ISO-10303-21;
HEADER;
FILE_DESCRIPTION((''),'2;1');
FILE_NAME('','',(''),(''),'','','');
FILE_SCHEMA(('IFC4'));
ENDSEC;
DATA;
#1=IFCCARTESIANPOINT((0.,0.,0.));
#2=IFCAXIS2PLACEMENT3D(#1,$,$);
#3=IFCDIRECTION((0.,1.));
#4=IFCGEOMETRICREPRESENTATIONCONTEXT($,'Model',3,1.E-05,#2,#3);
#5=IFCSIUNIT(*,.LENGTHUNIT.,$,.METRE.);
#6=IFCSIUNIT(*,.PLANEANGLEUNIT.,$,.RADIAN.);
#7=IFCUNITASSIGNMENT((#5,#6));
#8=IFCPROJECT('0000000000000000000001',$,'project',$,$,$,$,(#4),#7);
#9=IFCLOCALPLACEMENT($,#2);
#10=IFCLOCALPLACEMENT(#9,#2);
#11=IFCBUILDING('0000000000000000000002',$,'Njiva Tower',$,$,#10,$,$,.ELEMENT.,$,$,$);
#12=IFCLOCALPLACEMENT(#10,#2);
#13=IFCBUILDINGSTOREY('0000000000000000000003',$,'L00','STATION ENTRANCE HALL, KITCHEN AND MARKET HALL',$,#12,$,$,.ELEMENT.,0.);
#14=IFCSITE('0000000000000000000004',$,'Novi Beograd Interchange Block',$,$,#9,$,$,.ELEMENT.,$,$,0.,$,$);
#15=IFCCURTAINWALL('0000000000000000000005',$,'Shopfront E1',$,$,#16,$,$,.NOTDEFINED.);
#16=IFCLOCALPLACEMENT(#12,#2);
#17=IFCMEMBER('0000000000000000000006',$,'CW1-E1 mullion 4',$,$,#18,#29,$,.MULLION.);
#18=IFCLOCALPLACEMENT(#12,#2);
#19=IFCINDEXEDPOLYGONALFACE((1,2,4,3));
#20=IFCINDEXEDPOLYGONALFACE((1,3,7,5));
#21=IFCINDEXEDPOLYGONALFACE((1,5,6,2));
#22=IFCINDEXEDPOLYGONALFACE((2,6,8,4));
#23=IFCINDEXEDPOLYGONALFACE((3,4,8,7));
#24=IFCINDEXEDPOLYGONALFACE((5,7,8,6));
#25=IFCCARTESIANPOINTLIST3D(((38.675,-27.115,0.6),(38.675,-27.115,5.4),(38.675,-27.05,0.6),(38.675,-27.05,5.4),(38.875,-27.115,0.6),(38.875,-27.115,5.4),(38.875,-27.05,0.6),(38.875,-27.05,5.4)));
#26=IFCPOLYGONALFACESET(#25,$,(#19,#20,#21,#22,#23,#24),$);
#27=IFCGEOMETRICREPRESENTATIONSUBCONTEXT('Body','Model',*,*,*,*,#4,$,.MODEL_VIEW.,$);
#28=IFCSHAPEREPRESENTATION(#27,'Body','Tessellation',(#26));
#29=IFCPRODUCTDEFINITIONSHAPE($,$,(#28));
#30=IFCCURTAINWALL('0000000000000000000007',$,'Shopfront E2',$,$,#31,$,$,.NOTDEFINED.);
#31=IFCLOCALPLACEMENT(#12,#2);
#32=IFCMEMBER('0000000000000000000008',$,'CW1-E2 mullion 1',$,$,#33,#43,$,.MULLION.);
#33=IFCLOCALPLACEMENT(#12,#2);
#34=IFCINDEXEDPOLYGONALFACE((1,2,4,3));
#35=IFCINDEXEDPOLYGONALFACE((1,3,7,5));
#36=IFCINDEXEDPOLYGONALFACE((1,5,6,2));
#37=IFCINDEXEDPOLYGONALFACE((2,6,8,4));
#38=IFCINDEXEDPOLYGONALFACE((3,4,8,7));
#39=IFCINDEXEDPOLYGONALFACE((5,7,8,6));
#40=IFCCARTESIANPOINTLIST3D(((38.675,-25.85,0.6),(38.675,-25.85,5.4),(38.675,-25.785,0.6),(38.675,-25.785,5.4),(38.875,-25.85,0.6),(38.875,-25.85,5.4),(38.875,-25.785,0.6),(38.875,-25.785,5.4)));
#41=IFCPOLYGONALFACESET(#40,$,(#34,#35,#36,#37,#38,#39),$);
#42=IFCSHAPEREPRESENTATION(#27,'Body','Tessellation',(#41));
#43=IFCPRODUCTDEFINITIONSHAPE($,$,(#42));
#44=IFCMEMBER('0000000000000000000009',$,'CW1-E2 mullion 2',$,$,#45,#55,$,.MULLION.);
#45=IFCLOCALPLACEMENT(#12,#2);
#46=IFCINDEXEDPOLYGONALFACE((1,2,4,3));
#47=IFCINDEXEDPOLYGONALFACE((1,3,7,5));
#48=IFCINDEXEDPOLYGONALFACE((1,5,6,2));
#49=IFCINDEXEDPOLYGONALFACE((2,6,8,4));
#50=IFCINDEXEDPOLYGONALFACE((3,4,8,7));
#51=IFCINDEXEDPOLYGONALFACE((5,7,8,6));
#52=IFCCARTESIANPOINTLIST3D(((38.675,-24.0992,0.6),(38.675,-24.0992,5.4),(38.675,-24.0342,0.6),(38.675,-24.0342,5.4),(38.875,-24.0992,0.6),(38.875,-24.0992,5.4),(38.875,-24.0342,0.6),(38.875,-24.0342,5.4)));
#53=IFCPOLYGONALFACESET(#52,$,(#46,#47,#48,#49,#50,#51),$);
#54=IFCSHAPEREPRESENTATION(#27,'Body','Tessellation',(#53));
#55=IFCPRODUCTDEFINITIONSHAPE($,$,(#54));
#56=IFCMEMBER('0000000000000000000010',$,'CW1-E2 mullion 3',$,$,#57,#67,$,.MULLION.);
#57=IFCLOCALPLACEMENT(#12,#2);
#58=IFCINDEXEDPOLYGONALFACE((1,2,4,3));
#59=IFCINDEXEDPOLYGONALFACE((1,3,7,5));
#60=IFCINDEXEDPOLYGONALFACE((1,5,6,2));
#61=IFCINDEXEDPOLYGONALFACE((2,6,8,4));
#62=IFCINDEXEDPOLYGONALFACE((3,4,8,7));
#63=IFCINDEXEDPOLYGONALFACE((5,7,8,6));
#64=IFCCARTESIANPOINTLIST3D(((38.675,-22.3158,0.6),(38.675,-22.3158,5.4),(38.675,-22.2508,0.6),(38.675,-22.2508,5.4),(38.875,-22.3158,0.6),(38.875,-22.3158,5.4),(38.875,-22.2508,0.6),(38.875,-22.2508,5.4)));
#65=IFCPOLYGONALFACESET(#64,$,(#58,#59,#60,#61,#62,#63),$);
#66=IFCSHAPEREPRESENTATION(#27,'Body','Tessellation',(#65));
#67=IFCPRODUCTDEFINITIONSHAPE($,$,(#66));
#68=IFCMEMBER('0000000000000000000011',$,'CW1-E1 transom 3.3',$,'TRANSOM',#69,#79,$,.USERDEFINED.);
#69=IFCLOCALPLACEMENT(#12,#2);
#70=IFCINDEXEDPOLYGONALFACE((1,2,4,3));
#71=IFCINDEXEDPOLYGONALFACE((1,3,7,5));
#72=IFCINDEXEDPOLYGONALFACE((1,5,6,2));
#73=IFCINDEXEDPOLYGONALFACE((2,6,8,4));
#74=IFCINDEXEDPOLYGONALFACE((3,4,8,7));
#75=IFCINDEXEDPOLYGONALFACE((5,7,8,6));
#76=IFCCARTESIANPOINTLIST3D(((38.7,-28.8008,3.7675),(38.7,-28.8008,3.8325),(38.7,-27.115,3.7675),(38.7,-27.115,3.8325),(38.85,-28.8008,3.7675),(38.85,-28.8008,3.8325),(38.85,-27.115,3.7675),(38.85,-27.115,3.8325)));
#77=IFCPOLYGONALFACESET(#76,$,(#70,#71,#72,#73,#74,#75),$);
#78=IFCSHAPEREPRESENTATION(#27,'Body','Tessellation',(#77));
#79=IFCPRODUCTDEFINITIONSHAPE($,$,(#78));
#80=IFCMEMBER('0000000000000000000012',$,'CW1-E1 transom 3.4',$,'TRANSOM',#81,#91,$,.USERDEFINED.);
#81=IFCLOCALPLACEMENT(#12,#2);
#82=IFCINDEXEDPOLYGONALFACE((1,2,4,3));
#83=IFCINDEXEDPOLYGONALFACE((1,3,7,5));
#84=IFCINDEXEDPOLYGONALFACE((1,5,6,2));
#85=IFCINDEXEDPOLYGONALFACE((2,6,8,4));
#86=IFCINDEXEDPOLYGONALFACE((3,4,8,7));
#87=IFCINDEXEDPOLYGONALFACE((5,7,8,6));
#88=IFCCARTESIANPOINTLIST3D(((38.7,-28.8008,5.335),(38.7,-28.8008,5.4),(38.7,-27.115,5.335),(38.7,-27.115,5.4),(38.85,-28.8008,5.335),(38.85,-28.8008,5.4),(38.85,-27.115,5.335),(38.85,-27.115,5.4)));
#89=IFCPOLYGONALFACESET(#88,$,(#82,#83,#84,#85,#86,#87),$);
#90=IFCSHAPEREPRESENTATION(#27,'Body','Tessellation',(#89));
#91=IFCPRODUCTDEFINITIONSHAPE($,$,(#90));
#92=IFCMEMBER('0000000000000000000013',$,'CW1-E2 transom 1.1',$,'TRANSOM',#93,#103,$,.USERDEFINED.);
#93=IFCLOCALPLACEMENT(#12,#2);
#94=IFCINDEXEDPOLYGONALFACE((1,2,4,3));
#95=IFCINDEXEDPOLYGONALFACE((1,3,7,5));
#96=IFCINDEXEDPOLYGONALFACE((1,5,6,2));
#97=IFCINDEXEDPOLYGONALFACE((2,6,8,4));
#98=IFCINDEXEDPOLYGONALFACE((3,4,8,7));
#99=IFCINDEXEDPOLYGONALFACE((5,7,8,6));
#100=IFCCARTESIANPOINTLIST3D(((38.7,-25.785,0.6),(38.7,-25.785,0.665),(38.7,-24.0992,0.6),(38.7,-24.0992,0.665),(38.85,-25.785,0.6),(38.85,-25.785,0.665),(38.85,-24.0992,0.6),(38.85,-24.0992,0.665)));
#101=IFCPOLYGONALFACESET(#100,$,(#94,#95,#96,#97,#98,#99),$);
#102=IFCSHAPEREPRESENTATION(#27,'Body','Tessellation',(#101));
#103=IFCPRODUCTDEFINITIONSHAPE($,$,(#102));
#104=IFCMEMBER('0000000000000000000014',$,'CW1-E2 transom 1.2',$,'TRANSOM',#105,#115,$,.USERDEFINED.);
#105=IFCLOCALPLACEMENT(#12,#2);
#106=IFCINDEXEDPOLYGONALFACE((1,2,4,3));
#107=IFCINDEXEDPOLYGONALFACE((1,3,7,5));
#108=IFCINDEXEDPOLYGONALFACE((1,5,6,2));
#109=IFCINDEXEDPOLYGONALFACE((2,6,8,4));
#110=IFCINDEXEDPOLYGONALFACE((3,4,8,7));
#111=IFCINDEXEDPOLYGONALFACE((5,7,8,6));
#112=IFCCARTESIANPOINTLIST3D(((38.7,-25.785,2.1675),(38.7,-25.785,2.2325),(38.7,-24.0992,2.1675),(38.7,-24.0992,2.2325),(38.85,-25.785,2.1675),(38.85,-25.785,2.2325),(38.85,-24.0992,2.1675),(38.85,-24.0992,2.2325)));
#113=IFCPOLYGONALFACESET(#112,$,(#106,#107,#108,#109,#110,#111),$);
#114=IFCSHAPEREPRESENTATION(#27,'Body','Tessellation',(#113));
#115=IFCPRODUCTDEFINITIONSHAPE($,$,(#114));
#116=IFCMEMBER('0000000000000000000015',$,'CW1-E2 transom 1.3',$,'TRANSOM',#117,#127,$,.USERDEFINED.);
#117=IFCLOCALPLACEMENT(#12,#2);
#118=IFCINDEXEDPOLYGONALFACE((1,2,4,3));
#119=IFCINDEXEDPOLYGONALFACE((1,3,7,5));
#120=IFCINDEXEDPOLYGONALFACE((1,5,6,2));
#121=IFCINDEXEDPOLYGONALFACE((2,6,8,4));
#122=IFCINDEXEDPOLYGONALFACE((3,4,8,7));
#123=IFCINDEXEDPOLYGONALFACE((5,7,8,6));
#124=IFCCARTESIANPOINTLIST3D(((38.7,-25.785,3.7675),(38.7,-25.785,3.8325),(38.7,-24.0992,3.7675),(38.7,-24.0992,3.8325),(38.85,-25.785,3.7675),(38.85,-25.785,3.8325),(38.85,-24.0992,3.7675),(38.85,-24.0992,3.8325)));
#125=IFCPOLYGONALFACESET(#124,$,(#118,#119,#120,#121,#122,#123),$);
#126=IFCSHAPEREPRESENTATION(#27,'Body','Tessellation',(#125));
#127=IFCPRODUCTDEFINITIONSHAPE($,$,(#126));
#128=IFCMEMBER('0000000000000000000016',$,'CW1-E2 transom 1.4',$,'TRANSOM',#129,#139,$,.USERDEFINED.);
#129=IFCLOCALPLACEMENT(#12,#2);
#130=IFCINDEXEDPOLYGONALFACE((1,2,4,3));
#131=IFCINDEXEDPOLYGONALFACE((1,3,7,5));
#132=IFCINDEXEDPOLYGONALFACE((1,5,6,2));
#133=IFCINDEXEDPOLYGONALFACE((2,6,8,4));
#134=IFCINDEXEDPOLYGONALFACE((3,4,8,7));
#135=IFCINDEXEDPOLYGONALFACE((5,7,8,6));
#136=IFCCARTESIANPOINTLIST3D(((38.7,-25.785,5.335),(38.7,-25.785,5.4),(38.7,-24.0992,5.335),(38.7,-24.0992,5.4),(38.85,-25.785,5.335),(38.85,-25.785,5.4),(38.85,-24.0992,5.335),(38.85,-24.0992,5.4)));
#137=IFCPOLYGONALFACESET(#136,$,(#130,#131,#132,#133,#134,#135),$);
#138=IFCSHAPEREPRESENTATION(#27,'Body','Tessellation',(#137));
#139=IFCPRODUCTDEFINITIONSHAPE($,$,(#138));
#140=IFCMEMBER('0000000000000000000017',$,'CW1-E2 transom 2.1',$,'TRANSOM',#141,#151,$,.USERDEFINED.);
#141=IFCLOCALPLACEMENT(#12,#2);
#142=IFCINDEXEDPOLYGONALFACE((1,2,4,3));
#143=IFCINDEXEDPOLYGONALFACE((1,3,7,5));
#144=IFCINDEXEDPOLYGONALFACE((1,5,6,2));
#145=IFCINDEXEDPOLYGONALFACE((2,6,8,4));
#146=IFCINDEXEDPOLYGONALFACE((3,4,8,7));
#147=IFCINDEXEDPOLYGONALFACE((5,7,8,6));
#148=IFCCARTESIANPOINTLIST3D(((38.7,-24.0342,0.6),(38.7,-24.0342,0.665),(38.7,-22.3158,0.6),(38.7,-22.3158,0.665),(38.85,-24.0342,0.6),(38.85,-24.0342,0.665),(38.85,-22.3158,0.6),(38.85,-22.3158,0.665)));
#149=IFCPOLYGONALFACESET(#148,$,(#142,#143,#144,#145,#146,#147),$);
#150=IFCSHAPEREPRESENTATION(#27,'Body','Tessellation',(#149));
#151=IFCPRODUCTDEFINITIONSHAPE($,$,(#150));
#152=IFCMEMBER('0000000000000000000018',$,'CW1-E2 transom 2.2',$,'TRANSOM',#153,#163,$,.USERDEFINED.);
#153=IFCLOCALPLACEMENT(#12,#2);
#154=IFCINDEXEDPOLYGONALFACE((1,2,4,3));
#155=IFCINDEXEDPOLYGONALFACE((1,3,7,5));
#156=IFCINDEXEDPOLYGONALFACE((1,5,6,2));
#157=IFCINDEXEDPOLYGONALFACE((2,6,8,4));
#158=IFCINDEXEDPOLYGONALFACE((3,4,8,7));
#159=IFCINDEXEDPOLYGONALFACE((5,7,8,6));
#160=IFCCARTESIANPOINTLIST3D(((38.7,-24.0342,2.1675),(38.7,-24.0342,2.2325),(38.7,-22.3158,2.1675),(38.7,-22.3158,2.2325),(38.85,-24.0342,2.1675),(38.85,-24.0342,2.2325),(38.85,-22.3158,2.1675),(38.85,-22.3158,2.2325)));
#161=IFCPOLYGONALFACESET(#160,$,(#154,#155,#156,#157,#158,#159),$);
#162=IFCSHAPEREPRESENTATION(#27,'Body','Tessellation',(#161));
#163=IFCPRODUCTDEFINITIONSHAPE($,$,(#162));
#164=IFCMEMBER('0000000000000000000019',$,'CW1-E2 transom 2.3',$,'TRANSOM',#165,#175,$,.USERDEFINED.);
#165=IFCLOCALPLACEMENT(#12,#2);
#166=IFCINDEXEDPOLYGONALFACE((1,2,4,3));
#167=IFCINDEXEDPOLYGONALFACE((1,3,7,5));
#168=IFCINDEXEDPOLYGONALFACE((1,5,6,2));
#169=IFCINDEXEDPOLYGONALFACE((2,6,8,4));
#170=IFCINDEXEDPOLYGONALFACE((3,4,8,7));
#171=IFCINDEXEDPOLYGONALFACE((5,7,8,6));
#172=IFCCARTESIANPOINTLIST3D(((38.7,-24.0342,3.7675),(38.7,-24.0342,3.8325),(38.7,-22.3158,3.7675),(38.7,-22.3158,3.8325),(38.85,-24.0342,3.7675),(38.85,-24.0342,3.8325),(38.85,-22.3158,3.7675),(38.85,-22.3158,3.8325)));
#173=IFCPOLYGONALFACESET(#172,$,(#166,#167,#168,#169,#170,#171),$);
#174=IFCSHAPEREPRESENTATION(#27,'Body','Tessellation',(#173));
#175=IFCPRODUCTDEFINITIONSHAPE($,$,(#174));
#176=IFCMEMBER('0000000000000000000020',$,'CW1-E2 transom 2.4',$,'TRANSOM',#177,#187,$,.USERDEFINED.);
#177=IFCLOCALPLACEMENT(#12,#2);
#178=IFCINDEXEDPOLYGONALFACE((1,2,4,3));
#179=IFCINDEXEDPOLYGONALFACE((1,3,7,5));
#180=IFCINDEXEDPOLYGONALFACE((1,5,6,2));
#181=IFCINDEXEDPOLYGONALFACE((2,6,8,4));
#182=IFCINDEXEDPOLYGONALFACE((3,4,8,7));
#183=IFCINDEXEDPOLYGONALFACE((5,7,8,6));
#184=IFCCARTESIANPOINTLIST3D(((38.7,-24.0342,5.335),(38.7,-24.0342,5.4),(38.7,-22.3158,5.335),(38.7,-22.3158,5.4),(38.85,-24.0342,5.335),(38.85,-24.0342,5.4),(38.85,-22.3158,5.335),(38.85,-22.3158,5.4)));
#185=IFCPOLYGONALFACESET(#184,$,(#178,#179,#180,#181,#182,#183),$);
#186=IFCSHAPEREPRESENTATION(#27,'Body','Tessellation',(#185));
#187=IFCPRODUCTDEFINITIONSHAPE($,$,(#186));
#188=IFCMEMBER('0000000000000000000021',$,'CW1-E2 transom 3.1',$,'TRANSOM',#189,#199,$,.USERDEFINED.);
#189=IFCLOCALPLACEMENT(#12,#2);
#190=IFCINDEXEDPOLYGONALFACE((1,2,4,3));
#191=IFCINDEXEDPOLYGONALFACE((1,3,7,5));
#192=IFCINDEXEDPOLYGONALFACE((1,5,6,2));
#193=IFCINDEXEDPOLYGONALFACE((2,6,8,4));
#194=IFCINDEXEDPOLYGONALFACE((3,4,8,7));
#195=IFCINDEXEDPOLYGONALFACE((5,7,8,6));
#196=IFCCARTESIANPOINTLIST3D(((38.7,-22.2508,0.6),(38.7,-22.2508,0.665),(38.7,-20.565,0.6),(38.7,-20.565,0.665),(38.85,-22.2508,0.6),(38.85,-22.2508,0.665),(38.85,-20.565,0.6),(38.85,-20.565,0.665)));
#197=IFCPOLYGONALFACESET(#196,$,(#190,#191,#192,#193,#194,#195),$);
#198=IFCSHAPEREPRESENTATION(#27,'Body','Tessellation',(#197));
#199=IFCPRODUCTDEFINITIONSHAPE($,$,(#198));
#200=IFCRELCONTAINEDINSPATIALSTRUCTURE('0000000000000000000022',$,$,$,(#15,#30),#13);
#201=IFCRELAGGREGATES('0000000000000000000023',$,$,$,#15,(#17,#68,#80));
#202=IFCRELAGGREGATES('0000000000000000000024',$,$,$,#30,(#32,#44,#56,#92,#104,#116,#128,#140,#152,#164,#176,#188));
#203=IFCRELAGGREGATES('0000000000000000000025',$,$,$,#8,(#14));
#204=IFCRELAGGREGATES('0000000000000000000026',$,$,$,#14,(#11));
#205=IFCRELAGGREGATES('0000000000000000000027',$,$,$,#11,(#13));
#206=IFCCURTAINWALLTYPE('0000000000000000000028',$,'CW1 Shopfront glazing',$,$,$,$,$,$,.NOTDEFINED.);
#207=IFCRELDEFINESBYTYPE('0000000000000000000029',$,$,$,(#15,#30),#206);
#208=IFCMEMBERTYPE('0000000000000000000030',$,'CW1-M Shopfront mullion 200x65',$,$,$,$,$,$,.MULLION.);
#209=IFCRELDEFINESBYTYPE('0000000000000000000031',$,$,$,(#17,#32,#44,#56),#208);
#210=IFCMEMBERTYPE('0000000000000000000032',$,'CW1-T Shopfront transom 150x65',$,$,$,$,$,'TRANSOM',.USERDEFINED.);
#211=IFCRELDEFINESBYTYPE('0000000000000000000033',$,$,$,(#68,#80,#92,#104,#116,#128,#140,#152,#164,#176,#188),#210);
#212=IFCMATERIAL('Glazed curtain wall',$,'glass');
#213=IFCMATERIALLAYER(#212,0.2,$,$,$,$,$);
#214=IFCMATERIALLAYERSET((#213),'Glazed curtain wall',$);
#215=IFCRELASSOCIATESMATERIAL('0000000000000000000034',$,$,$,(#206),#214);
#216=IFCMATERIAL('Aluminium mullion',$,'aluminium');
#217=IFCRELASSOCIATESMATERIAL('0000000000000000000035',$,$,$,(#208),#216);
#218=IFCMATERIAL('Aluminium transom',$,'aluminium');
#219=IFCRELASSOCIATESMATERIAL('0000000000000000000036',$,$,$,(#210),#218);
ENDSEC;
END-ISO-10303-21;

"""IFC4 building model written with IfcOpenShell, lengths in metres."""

from ifc_helpers import new_model, si_unit, direction, frame, origin, origin_2d, place, context, subcontext, project, spatial, rectangle, extrude, material, layer, layer_set, material_profile, profile_set, type_object, element, aggregate, save


model = new_model("IFC4")

# Units and contexts
model_context = context("Model", 3, precision=1e-05, world=origin(), true_north=direction((0.0, 1.0)))
body_context = subcontext(model_context, "Body", "Model", "MODEL_VIEW")
ifc_project = project(units=[si_unit("LENGTHUNIT", "METRE"), si_unit("PLANEANGLEUNIT", "RADIAN")], contexts=[model_context])

# Site, building, storey
site_placement = place(None, origin())
site = spatial("IfcSite", under=ifc_project, at=site_placement, Name="Novi Beograd Interchange Block", CompositionType="ELEMENT", RefElevation=0.0)
building_placement = place(site_placement, origin())
building = spatial("IfcBuilding", under=site, at=building_placement, Name="Njiva Tower", CompositionType="ELEMENT")
storey_placement = place(building_placement, origin())
storey = spatial("IfcBuildingStorey", under=building, at=storey_placement, Name="L00", Description="STATION ENTRANCE HALL, KITCHEN AND MARKET HALL", CompositionType="ELEMENT", Elevation=0.0)

# Curtain wall, member
ifc_material_1 = material(Name="Glazed curtain wall", Category="glass")
ifc_layer_1 = layer(ifc_material_1, 0.2)
ifc_layer_set_1 = layer_set([ifc_layer_1], Name="Glazed curtain wall")
curtain_wall_type = type_object("IfcCurtainWallType", Name="CW1 Shopfront glazing", PredefinedType="NOTDEFINED", material=ifc_layer_set_1)
curtain_wall_1_placement = place(storey_placement, origin())
curtain_wall_1 = element("IfcCurtainWall", 1, at=curtain_wall_1_placement, inside=storey, type_object=curtain_wall_type, Name="Shopfront E1", PredefinedType="NOTDEFINED")
ifc_material_2 = material(Name="Aluminium mullion", Category="aluminium")
ifc_material_profile_1 = material_profile(ifc_material_2, rectangle(XDim=0.2, YDim=0.065, at=origin_2d()), Name="RECT 200x65")
ifc_profile_set_1 = profile_set([ifc_material_profile_1], Name="Aluminium mullion")
member_type_1 = type_object("IfcMemberType", Name="CW1-M Shopfront mullion 200x65", PredefinedType="MULLION", material=ifc_profile_set_1)
member_1_placement = place(storey_placement, frame((38.775, -27.0825, 0.6), z_axis=(0.0, 0.0, 1.0), x_axis=(-1.0, 0.0, 0.0)))
member_1 = element("IfcMember", 2, at=member_1_placement, type_object=member_type_1, Name="CW1-E1 mullion 4", PredefinedType="MULLION", context=body_context, shape_type="SweptSolid", body=[
    extrude(rectangle(XDim=0.2, YDim=0.065, at=origin_2d()), origin(), (0.0, 0.0, 1.0), 4.8),
])

# Curtain wall, members
curtain_wall_2_placement = place(storey_placement, origin())
curtain_wall_2 = element("IfcCurtainWall", 3, at=curtain_wall_2_placement, inside=storey, type_object=curtain_wall_type, Name="Shopfront E2", PredefinedType="NOTDEFINED")
member_2_placement = place(storey_placement, frame((38.775, -25.8175, 0.6), z_axis=(0.0, 0.0, 1.0), x_axis=(-1.0, 0.0, 0.0)))
member_2 = element("IfcMember", 4, at=member_2_placement, type_object=member_type_1, Name="CW1-E2 mullion 1", PredefinedType="MULLION", context=body_context, shape_type="SweptSolid", body=[
    extrude(rectangle(XDim=0.2, YDim=0.065, at=origin_2d()), origin(), (0.0, 0.0, 1.0), 4.8),
])
member_3_placement = place(storey_placement, frame((38.775, -24.0667, 0.6), z_axis=(0.0, 0.0, 1.0), x_axis=(-1.0, 0.0, 0.0)))
member_3 = element("IfcMember", 5, at=member_3_placement, type_object=member_type_1, Name="CW1-E2 mullion 2", PredefinedType="MULLION", context=body_context, shape_type="SweptSolid", body=[
    extrude(rectangle(XDim=0.2, YDim=0.065, at=origin_2d()), origin(), (0.0, 0.0, 1.0), 4.8),
])
member_4_placement = place(storey_placement, frame((38.775, -22.2833, 0.6), z_axis=(0.0, 0.0, 1.0), x_axis=(-1.0, 0.0, 0.0)))
member_4 = element("IfcMember", 6, at=member_4_placement, type_object=member_type_1, Name="CW1-E2 mullion 3", PredefinedType="MULLION", context=body_context, shape_type="SweptSolid", body=[
    extrude(rectangle(XDim=0.2, YDim=0.065, at=origin_2d()), origin(), (0.0, 0.0, 1.0), 4.8),
])

# Members
ifc_material_3 = material(Name="Aluminium transom", Category="aluminium")
ifc_material_profile_2 = material_profile(ifc_material_3, rectangle(XDim=0.15, YDim=0.065, at=origin_2d()), Name="RECT 150x65")
ifc_profile_set_2 = profile_set([ifc_material_profile_2], Name="Aluminium transom")
member_type_2 = type_object("IfcMemberType", Name="CW1-T Shopfront transom 150x65", ElementType="TRANSOM", PredefinedType="USERDEFINED", material=ifc_profile_set_2)
member_5_placement = place(storey_placement, frame((38.775, -28.8008, 3.8), z_axis=(0.0, 1.0, 0.0), x_axis=(-1.0, 0.0, 0.0)))
member_5 = element("IfcMember", 7, at=member_5_placement, type_object=member_type_2, Name="CW1-E1 transom 3.3", ObjectType="TRANSOM", PredefinedType="USERDEFINED", context=body_context, shape_type="SweptSolid", body=[
    extrude(rectangle(XDim=0.15, YDim=0.065, at=origin_2d()), origin(), (0.0, 0.0, 1.0), 1.6858),
])
member_6_placement = place(storey_placement, frame((38.775, -28.8008, 5.3675), z_axis=(0.0, 1.0, 0.0), x_axis=(-1.0, 0.0, 0.0)))
member_6 = element("IfcMember", 8, at=member_6_placement, type_object=member_type_2, Name="CW1-E1 transom 3.4", ObjectType="TRANSOM", PredefinedType="USERDEFINED", context=body_context, shape_type="SweptSolid", body=[
    extrude(rectangle(XDim=0.15, YDim=0.065, at=origin_2d()), origin(), (0.0, 0.0, 1.0), 1.6858),
])
member_7_placement = place(storey_placement, frame((38.775, -25.785, 0.6325), z_axis=(0.0, 1.0, 0.0), x_axis=(-1.0, 0.0, 0.0)))
member_7 = element("IfcMember", 9, at=member_7_placement, type_object=member_type_2, Name="CW1-E2 transom 1.1", ObjectType="TRANSOM", PredefinedType="USERDEFINED", context=body_context, shape_type="SweptSolid", body=[
    extrude(rectangle(XDim=0.15, YDim=0.065, at=origin_2d()), origin(), (0.0, 0.0, 1.0), 1.6858),
])
member_8_placement = place(storey_placement, frame((38.775, -25.785, 2.2), z_axis=(0.0, 1.0, 0.0), x_axis=(-1.0, 0.0, 0.0)))
member_8 = element("IfcMember", 10, at=member_8_placement, type_object=member_type_2, Name="CW1-E2 transom 1.2", ObjectType="TRANSOM", PredefinedType="USERDEFINED", context=body_context, shape_type="SweptSolid", body=[
    extrude(rectangle(XDim=0.15, YDim=0.065, at=origin_2d()), origin(), (0.0, 0.0, 1.0), 1.6858),
])
member_9_placement = place(storey_placement, frame((38.775, -25.785, 3.8), z_axis=(0.0, 1.0, 0.0), x_axis=(-1.0, 0.0, 0.0)))
member_9 = element("IfcMember", 11, at=member_9_placement, type_object=member_type_2, Name="CW1-E2 transom 1.3", ObjectType="TRANSOM", PredefinedType="USERDEFINED", context=body_context, shape_type="SweptSolid", body=[
    extrude(rectangle(XDim=0.15, YDim=0.065, at=origin_2d()), origin(), (0.0, 0.0, 1.0), 1.6858),
])
member_10_placement = place(storey_placement, frame((38.775, -25.785, 5.3675), z_axis=(0.0, 1.0, 0.0), x_axis=(-1.0, 0.0, 0.0)))
member_10 = element("IfcMember", 12, at=member_10_placement, type_object=member_type_2, Name="CW1-E2 transom 1.4", ObjectType="TRANSOM", PredefinedType="USERDEFINED", context=body_context, shape_type="SweptSolid", body=[
    extrude(rectangle(XDim=0.15, YDim=0.065, at=origin_2d()), origin(), (0.0, 0.0, 1.0), 1.6858),
])
member_11_placement = place(storey_placement, frame((38.775, -24.0342, 0.6325), z_axis=(0.0, 1.0, 0.0), x_axis=(-1.0, 0.0, 0.0)))
member_11 = element("IfcMember", 13, at=member_11_placement, type_object=member_type_2, Name="CW1-E2 transom 2.1", ObjectType="TRANSOM", PredefinedType="USERDEFINED", context=body_context, shape_type="SweptSolid", body=[
    extrude(rectangle(XDim=0.15, YDim=0.065, at=origin_2d()), origin(), (0.0, 0.0, 1.0), 1.7184),
])
member_12_placement = place(storey_placement, frame((38.775, -24.0342, 2.2), z_axis=(0.0, 1.0, 0.0), x_axis=(-1.0, 0.0, 0.0)))
member_12 = element("IfcMember", 14, at=member_12_placement, type_object=member_type_2, Name="CW1-E2 transom 2.2", ObjectType="TRANSOM", PredefinedType="USERDEFINED", context=body_context, shape_type="SweptSolid", body=[
    extrude(rectangle(XDim=0.15, YDim=0.065, at=origin_2d()), origin(), (0.0, 0.0, 1.0), 1.7184),
])
member_13_placement = place(storey_placement, frame((38.775, -24.0342, 3.8), z_axis=(0.0, 1.0, 0.0), x_axis=(-1.0, 0.0, 0.0)))
member_13 = element("IfcMember", 15, at=member_13_placement, type_object=member_type_2, Name="CW1-E2 transom 2.3", ObjectType="TRANSOM", PredefinedType="USERDEFINED", context=body_context, shape_type="SweptSolid", body=[
    extrude(rectangle(XDim=0.15, YDim=0.065, at=origin_2d()), origin(), (0.0, 0.0, 1.0), 1.7184),
])
member_14_placement = place(storey_placement, frame((38.775, -24.0342, 5.3675), z_axis=(0.0, 1.0, 0.0), x_axis=(-1.0, 0.0, 0.0)))
member_14 = element("IfcMember", 16, at=member_14_placement, type_object=member_type_2, Name="CW1-E2 transom 2.4", ObjectType="TRANSOM", PredefinedType="USERDEFINED", context=body_context, shape_type="SweptSolid", body=[
    extrude(rectangle(XDim=0.15, YDim=0.065, at=origin_2d()), origin(), (0.0, 0.0, 1.0), 1.7184),
])
member_15_placement = place(storey_placement, frame((38.775, -22.2508, 0.6325), z_axis=(0.0, 1.0, 0.0), x_axis=(-1.0, 0.0, 0.0)))
member_15 = element("IfcMember", 17, at=member_15_placement, type_object=member_type_2, Name="CW1-E2 transom 3.1", ObjectType="TRANSOM", PredefinedType="USERDEFINED", context=body_context, shape_type="SweptSolid", body=[
    extrude(rectangle(XDim=0.15, YDim=0.065, at=origin_2d()), origin(), (0.0, 0.0, 1.0), 1.6858),
])

aggregate(curtain_wall_1, [member_1, member_5, member_6])
aggregate(curtain_wall_2, [member_2, member_3, member_4, member_7, member_8, member_9, member_10, member_11, member_12, member_13, member_14, member_15])

save(model, "model.ifc")
